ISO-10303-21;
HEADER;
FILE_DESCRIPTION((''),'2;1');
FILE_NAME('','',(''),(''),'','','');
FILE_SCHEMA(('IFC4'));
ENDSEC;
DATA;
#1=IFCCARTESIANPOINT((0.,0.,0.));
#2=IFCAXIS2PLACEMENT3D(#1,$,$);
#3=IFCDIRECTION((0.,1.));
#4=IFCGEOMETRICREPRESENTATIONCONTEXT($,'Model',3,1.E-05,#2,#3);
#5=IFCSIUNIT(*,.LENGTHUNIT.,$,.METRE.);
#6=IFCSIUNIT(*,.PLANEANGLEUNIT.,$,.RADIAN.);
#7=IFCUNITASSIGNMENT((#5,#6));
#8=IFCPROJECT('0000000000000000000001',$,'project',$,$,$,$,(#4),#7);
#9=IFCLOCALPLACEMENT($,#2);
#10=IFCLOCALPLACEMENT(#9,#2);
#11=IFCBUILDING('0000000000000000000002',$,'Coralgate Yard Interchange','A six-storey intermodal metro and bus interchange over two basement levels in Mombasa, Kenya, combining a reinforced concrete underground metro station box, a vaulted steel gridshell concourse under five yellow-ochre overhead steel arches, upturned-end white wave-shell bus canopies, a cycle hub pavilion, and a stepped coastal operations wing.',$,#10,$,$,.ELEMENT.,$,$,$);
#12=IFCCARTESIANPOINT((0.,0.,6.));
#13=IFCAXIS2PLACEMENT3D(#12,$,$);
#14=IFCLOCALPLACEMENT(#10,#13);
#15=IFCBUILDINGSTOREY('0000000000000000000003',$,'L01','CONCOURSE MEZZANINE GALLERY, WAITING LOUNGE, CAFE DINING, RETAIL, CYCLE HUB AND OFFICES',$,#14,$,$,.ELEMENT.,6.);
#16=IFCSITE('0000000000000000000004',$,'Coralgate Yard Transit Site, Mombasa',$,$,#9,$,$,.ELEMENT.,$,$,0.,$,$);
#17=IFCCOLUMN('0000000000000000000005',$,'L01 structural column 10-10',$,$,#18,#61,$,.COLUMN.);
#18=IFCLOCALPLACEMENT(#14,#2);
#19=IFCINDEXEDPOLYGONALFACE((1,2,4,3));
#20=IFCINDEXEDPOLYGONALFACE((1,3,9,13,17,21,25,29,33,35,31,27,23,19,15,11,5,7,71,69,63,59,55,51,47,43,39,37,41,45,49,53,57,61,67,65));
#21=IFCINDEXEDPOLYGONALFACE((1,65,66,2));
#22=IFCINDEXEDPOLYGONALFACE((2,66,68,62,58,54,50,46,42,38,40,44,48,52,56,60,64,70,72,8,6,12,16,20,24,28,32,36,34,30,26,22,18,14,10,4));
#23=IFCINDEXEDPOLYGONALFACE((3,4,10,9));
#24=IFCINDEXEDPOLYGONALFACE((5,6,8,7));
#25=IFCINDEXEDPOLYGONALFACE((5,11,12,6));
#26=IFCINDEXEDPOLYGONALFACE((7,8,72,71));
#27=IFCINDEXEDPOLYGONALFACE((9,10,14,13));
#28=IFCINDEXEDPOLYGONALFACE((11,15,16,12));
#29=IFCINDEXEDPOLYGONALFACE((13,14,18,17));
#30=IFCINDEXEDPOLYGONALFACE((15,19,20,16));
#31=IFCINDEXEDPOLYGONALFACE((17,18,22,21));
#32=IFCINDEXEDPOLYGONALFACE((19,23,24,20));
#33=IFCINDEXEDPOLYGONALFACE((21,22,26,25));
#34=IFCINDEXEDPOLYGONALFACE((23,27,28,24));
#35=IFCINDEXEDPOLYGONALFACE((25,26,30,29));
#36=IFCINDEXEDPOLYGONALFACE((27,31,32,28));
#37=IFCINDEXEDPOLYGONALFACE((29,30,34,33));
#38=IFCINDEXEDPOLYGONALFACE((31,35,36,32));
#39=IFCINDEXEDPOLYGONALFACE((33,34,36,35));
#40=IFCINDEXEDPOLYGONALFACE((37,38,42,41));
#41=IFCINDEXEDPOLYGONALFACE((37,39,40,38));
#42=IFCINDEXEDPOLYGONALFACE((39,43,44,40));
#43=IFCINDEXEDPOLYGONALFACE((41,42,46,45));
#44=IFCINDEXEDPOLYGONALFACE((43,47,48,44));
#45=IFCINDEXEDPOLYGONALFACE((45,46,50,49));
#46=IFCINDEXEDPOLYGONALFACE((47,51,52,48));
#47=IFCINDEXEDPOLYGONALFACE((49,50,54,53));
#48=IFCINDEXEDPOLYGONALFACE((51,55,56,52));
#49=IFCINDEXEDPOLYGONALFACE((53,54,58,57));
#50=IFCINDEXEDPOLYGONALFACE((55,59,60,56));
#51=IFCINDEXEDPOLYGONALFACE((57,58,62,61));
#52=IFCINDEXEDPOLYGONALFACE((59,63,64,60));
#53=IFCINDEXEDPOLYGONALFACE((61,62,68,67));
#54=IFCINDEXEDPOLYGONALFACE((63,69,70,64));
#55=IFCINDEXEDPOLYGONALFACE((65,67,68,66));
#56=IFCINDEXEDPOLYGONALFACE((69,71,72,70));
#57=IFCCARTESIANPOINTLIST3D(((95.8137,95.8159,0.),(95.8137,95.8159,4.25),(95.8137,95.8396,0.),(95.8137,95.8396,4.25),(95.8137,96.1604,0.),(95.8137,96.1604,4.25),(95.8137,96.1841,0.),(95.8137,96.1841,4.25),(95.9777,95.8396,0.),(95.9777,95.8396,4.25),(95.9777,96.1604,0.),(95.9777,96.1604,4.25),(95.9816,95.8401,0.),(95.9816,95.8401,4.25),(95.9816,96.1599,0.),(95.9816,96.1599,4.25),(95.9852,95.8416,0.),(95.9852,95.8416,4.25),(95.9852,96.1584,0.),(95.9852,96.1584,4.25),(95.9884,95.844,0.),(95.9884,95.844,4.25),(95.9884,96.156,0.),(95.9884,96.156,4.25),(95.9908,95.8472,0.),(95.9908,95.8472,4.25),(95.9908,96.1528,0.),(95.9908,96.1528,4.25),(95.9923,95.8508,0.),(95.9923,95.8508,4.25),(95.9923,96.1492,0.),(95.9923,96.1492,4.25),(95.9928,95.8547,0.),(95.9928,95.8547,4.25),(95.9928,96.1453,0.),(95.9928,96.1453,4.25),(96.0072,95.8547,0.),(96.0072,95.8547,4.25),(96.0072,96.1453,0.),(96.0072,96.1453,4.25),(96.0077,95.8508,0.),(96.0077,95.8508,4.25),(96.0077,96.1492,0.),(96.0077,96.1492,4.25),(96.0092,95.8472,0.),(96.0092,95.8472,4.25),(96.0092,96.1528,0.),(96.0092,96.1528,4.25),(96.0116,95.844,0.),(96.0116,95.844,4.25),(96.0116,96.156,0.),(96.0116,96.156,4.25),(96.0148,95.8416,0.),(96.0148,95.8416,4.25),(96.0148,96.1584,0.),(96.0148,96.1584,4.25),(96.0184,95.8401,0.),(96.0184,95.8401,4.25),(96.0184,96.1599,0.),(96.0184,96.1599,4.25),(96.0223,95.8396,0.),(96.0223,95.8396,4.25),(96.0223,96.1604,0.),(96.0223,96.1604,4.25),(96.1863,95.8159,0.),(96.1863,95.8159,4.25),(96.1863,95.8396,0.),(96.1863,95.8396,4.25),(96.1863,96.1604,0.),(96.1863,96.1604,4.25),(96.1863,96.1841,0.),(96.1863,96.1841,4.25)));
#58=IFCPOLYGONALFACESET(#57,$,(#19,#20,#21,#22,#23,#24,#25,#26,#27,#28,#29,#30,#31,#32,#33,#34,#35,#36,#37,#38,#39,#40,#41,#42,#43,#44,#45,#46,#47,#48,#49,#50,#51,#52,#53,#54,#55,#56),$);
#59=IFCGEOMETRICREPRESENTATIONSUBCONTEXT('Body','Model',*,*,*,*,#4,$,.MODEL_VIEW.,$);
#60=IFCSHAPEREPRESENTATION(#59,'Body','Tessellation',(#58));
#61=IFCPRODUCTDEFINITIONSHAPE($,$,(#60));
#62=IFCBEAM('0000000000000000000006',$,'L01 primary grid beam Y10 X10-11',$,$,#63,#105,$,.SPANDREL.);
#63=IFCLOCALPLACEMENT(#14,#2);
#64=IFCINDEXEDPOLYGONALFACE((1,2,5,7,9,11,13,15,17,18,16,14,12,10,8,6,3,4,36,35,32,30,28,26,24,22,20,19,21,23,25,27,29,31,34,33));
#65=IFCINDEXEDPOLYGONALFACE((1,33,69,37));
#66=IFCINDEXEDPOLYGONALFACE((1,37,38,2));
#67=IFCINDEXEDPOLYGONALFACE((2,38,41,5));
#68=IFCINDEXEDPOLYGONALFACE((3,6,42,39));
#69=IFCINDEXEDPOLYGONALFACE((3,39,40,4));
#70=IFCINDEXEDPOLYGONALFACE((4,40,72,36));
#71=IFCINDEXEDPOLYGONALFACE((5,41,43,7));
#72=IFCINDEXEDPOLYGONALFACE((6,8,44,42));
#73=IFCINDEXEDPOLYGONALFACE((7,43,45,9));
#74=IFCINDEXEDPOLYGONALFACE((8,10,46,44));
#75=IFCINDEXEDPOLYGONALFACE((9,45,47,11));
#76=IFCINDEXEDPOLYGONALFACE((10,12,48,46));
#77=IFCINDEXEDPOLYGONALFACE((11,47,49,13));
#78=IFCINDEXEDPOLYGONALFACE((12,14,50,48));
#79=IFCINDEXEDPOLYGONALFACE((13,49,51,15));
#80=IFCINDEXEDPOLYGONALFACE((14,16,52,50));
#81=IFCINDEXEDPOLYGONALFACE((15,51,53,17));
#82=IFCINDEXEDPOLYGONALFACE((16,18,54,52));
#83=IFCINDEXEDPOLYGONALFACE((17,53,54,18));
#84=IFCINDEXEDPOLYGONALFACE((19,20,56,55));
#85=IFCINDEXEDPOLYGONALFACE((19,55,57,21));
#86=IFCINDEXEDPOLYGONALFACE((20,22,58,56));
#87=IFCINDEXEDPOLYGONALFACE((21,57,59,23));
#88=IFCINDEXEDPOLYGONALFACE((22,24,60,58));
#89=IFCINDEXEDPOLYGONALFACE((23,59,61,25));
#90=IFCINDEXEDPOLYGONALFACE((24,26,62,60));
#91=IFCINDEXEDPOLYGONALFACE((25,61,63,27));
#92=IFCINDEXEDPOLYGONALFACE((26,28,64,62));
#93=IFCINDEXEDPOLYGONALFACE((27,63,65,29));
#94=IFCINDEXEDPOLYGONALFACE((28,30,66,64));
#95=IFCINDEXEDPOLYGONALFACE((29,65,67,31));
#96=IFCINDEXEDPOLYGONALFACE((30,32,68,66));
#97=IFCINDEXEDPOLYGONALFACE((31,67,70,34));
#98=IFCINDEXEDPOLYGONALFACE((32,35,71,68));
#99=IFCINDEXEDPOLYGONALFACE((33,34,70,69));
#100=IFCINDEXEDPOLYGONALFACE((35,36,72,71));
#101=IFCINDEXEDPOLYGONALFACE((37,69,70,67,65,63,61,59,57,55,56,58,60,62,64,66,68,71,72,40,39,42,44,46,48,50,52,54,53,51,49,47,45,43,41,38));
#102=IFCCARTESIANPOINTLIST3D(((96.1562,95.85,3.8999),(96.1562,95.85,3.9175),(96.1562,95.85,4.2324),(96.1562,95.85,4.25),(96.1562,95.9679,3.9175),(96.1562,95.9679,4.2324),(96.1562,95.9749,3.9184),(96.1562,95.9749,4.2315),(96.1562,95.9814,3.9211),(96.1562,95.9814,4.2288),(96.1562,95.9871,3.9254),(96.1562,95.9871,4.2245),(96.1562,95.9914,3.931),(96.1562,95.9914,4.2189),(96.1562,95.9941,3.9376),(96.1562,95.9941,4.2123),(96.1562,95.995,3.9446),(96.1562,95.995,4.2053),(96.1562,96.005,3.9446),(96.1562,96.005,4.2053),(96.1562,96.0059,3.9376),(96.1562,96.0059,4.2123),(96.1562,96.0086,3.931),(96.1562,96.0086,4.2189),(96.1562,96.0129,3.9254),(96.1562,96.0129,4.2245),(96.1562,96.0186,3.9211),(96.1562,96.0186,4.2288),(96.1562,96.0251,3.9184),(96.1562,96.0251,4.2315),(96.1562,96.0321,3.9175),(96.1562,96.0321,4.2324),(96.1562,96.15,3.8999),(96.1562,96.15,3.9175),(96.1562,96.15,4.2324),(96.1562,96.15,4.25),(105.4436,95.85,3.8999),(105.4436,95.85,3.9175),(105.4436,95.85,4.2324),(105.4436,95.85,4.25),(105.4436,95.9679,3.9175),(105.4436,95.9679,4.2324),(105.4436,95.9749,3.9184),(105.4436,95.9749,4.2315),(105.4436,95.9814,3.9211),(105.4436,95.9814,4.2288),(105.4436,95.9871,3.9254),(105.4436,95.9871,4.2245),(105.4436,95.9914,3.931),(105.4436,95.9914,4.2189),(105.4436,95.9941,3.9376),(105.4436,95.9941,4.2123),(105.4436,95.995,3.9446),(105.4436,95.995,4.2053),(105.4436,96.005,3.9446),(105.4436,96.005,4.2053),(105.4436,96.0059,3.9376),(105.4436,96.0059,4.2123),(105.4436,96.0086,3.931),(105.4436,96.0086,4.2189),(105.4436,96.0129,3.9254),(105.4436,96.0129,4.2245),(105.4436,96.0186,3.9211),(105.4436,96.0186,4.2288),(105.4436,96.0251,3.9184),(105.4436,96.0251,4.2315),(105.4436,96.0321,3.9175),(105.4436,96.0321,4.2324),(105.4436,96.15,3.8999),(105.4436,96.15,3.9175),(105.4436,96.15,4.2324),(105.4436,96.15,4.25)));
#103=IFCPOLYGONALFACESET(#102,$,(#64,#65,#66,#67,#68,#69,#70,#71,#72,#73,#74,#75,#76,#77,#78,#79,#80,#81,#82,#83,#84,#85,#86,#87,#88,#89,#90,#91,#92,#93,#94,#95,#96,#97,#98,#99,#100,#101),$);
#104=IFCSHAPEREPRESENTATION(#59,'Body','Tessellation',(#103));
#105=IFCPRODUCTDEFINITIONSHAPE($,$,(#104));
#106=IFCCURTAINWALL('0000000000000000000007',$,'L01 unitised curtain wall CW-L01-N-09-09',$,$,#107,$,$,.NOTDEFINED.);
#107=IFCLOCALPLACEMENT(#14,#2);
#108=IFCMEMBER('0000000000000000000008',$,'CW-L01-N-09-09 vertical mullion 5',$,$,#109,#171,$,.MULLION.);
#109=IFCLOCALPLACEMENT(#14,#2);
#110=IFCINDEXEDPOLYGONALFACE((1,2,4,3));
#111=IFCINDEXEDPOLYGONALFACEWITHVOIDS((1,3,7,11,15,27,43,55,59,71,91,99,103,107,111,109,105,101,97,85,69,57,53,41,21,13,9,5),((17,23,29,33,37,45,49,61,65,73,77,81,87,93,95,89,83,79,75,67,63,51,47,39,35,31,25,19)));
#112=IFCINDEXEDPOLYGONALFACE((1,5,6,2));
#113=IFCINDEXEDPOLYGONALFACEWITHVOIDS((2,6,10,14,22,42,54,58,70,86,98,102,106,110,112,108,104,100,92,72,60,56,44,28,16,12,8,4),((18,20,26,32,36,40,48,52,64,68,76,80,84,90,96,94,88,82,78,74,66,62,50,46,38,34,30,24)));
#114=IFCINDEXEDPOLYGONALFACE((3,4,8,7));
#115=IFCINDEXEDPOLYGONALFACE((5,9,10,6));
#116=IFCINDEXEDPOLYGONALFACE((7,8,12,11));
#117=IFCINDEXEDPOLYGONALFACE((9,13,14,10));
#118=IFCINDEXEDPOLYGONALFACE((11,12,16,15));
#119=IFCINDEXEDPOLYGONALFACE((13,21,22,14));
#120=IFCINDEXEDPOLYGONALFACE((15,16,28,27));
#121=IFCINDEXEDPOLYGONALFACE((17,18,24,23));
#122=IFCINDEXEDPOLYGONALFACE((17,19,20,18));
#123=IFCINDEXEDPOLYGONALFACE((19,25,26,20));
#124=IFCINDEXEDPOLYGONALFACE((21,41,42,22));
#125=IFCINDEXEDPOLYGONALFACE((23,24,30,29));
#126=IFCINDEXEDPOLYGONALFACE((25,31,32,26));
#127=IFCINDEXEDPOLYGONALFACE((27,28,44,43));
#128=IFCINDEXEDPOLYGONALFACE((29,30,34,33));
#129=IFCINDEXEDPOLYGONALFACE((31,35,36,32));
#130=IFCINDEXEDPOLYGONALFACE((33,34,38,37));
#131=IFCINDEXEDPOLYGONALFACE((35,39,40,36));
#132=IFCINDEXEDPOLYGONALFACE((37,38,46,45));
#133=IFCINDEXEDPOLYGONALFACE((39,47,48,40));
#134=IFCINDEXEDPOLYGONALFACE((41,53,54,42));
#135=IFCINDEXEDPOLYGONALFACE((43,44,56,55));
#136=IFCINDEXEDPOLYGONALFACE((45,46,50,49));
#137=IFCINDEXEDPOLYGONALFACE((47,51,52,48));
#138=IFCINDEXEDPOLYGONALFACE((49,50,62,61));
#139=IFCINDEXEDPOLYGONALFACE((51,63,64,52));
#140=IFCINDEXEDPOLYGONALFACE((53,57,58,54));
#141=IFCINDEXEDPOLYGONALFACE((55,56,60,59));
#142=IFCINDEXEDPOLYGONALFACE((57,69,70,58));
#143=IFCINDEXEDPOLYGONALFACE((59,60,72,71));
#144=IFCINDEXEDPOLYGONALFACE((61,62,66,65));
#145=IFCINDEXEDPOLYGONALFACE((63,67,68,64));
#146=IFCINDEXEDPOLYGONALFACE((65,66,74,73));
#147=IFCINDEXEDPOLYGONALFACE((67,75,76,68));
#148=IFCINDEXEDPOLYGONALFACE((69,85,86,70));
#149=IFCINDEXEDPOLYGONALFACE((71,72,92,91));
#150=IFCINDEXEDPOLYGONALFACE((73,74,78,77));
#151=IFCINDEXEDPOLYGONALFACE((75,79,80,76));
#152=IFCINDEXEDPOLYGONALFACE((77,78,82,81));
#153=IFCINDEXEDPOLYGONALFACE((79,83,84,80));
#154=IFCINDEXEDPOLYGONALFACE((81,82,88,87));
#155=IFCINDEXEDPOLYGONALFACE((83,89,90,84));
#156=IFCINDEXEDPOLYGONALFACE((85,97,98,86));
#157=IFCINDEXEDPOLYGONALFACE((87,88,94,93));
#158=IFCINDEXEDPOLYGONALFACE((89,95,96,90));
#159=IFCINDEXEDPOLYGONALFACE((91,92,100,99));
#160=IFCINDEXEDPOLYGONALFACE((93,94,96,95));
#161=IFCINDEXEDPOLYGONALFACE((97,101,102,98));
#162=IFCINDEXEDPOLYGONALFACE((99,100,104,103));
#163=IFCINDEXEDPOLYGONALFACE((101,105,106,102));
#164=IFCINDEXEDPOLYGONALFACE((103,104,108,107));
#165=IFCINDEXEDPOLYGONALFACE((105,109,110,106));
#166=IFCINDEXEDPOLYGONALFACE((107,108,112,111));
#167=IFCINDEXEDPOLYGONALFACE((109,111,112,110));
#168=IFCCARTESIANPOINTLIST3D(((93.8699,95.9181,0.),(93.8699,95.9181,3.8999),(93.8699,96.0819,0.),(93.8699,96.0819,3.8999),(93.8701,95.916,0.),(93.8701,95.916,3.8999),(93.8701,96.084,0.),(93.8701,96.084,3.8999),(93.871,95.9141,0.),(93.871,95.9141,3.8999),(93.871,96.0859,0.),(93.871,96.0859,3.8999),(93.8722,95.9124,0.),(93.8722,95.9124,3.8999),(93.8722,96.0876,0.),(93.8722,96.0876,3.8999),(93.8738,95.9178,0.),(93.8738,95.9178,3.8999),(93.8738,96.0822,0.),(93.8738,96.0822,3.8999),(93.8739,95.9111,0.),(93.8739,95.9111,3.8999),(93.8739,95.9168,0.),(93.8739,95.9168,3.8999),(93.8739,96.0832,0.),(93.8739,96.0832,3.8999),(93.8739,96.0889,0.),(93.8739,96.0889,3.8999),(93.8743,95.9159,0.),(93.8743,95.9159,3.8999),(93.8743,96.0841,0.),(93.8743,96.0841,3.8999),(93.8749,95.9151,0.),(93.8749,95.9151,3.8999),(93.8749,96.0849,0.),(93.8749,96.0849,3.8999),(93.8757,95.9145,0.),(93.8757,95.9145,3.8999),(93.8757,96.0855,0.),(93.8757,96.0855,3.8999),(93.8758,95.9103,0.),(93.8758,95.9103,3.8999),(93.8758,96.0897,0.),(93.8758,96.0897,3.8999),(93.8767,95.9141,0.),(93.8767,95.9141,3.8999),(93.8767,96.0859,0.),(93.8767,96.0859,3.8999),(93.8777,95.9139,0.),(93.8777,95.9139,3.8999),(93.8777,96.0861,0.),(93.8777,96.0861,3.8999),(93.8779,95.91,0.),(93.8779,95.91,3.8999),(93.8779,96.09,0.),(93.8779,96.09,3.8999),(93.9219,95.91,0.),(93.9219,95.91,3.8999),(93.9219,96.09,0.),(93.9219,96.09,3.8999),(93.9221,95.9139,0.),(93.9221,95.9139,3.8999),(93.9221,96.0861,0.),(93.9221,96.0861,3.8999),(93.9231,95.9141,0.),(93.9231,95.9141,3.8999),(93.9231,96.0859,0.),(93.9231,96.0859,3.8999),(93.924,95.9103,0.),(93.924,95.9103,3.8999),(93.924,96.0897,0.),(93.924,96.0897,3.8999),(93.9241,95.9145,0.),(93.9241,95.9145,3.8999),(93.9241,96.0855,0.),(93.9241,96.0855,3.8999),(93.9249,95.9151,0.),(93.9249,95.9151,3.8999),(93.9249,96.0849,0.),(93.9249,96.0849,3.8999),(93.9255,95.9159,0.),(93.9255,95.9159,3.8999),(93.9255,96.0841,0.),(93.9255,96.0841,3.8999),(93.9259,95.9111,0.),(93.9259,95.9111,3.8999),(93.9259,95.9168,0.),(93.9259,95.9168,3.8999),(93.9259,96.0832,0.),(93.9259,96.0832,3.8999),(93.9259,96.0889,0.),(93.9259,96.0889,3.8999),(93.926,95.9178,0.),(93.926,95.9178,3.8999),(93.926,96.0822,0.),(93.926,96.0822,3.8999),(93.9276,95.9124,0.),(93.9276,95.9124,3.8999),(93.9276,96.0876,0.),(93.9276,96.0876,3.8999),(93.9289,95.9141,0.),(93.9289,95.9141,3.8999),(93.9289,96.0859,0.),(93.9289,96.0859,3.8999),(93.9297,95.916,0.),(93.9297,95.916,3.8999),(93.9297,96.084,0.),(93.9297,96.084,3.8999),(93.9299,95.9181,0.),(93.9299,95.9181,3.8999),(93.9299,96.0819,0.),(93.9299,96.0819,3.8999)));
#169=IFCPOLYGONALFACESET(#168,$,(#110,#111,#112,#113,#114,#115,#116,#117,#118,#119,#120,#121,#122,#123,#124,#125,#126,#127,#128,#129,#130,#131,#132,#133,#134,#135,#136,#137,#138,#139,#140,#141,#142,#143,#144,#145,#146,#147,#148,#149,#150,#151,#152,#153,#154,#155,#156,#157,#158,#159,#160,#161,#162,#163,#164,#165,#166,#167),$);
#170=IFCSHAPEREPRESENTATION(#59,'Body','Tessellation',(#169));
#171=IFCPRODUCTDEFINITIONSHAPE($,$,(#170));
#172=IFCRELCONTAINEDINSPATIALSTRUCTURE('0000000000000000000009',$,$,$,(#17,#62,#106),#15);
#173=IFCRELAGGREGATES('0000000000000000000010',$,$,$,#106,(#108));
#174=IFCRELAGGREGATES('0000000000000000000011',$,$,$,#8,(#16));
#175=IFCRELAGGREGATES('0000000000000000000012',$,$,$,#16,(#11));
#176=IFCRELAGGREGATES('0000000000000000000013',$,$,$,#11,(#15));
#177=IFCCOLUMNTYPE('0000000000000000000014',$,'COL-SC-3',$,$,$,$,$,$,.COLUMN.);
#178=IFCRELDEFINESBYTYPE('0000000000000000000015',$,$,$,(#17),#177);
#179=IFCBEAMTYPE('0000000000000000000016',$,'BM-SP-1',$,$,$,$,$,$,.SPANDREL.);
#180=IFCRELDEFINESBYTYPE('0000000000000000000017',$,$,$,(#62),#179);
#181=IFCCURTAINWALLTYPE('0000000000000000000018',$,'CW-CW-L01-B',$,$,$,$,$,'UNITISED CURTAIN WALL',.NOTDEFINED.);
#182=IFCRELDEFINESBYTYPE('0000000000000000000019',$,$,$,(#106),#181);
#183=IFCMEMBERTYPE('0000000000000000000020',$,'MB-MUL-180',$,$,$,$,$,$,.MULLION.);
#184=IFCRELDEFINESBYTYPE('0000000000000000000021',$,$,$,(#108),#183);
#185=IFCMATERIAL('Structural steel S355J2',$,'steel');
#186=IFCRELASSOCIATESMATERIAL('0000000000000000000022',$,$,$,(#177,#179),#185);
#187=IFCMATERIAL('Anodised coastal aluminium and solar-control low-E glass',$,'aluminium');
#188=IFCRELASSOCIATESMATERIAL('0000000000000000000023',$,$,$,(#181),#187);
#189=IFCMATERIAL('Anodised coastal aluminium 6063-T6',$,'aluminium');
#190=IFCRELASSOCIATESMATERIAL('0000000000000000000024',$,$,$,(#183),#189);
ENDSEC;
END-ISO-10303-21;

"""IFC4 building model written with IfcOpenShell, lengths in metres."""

from ifc_helpers import new_model, si_unit, direction, frame, origin, origin_2d, place, context, subcontext, project, spatial, hollow_rectangle, i_section, extrude, material, material_profile, profile_set, type_object, element, aggregate, save


model = new_model("IFC4")

# Units and contexts
model_context = context("Model", 3, precision=1e-05, world=origin(), true_north=direction((0.0, 1.0)))
body_context = subcontext(model_context, "Body", "Model", "MODEL_VIEW")
ifc_project = project(units=[si_unit("LENGTHUNIT", "METRE"), si_unit("PLANEANGLEUNIT", "RADIAN")], contexts=[model_context])

# Site, building, storey
site_placement = place(None, origin())
site = spatial("IfcSite", under=ifc_project, at=site_placement, Name="Coralgate Yard Transit Site, Mombasa", CompositionType="ELEMENT", RefElevation=0.0)
building_placement = place(site_placement, origin())
building = spatial("IfcBuilding", under=site, at=building_placement, Name="Coralgate Yard Interchange", Description="A six-storey intermodal metro and bus interchange over two basement levels in Mombasa, Kenya, combining a reinforced concrete underground metro station box, a vaulted steel gridshell concourse under five yellow-ochre overhead steel arches, upturned-end white wave-shell bus canopies, a cycle hub pavilion, and a stepped coastal operations wing.", CompositionType="ELEMENT")
storey_placement = place(building_placement, frame((0.0, 0.0, 6.0)))
storey = spatial("IfcBuildingStorey", under=building, at=storey_placement, Name="L01", Description="CONCOURSE MEZZANINE GALLERY, WAITING LOUNGE, CAFE DINING, RETAIL, CYCLE HUB AND OFFICES", CompositionType="ELEMENT", Elevation=6.0)

# Column
ifc_material_1 = material(Name="Structural steel S355J2", Category="steel")
ifc_material_profile_1 = material_profile(ifc_material_1, i_section(OverallWidth=0.3726, OverallDepth=0.3682, WebThickness=0.0144, FlangeThickness=0.0237, FilletRadius=0.0151, at=origin_2d()), Name="UC 356x368x177")
ifc_profile_set_1 = profile_set([ifc_material_profile_1], Name="Structural steel S355J2")
column_type = type_object("IfcColumnType", Name="COL-SC-3", PredefinedType="COLUMN", material=ifc_profile_set_1)
column_placement = place(storey_placement, frame((96.0, 96.0, 0.0), z_axis=(0.0, 0.0, 1.0), x_axis=(1.0, 0.0, 0.0)))
element("IfcColumn", 1, at=column_placement, inside=storey, type_object=column_type, Name="L01 structural column 10-10", PredefinedType="COLUMN", context=body_context, shape_type="SweptSolid", body=[
    extrude(i_section(OverallWidth=0.3726, OverallDepth=0.3682, WebThickness=0.0144, FlangeThickness=0.0237, FilletRadius=0.0151, at=origin_2d()), origin(), (0.0, 0.0, 1.0), 4.25),
])

# Beam
ifc_material_profile_2 = material_profile(ifc_material_1, i_section(OverallWidth=0.3, OverallDepth=0.3501, WebThickness=0.01, FlangeThickness=0.0176, FilletRadius=0.0271, at=origin_2d()), Name="HEA 360")
ifc_profile_set_2 = profile_set([ifc_material_profile_2], Name="Structural steel S355J2")
beam_type = type_object("IfcBeamType", Name="BM-SP-1", PredefinedType="SPANDREL", material=ifc_profile_set_2)
beam_placement = place(storey_placement, frame((96.1562, 96.0, 4.075), z_axis=(1.0, 0.0, 0.0), x_axis=(0.0, 1.0, 0.0)))
element("IfcBeam", 2, at=beam_placement, inside=storey, type_object=beam_type, Name="L01 primary grid beam Y10 X10-11", PredefinedType="SPANDREL", context=body_context, shape_type="SweptSolid", body=[
    extrude(i_section(OverallWidth=0.3, OverallDepth=0.3501, WebThickness=0.01, FlangeThickness=0.0176, FilletRadius=0.0271, at=origin_2d()), origin(), (0.0, 0.0, 1.0), 9.2874),
])

# Curtain wall, member
ifc_material_2 = material(Name="Anodised coastal aluminium and solar-control low-E glass", Category="aluminium")
curtain_wall_type_1 = type_object("IfcCurtainWallType", Name="CW-CW-L01-B", ElementType="UNITISED CURTAIN WALL", PredefinedType="NOTDEFINED", material=ifc_material_2)
curtain_wall_1_placement = place(storey_placement, origin())
curtain_wall_1 = element("IfcCurtainWall", 3, at=curtain_wall_1_placement, inside=storey, type_object=curtain_wall_type_1, Name="L01 unitised curtain wall CW-L01-N-09-09", PredefinedType="NOTDEFINED")
ifc_material_3 = material(Name="Anodised coastal aluminium 6063-T6", Category="aluminium")
ifc_material_profile_3 = material_profile(ifc_material_3, hollow_rectangle(XDim=0.0601, YDim=0.1799, WallThickness=0.0039, InnerFilletRadius=0.0039, OuterFilletRadius=0.0081, at=origin_2d()), Name="ALU 60x180x4")
ifc_profile_set_3 = profile_set([ifc_material_profile_3], Name="Anodised coastal aluminium 6063-T6")
member_type_1 = type_object("IfcMemberType", Name="MB-MUL-180", PredefinedType="MULLION", material=ifc_profile_set_3)
member_1_placement = place(storey_placement, frame((93.8999, 96.0, 0.0), z_axis=(0.0, 0.0, 1.0), x_axis=(1.0, 0.0, 0.0)))
member_1 = element("IfcMember", 4, at=member_1_placement, type_object=member_type_1, Name="CW-L01-N-09-09 vertical mullion 5", PredefinedType="MULLION", context=body_context, shape_type="SweptSolid", body=[
    extrude(hollow_rectangle(XDim=0.0601, YDim=0.1799, WallThickness=0.0039, InnerFilletRadius=0.0039, OuterFilletRadius=0.0081, at=origin_2d()), origin(), (0.0, 0.0, 1.0), 3.8999),
])

aggregate(curtain_wall_1, [member_1])

save(model, "model.ifc")
